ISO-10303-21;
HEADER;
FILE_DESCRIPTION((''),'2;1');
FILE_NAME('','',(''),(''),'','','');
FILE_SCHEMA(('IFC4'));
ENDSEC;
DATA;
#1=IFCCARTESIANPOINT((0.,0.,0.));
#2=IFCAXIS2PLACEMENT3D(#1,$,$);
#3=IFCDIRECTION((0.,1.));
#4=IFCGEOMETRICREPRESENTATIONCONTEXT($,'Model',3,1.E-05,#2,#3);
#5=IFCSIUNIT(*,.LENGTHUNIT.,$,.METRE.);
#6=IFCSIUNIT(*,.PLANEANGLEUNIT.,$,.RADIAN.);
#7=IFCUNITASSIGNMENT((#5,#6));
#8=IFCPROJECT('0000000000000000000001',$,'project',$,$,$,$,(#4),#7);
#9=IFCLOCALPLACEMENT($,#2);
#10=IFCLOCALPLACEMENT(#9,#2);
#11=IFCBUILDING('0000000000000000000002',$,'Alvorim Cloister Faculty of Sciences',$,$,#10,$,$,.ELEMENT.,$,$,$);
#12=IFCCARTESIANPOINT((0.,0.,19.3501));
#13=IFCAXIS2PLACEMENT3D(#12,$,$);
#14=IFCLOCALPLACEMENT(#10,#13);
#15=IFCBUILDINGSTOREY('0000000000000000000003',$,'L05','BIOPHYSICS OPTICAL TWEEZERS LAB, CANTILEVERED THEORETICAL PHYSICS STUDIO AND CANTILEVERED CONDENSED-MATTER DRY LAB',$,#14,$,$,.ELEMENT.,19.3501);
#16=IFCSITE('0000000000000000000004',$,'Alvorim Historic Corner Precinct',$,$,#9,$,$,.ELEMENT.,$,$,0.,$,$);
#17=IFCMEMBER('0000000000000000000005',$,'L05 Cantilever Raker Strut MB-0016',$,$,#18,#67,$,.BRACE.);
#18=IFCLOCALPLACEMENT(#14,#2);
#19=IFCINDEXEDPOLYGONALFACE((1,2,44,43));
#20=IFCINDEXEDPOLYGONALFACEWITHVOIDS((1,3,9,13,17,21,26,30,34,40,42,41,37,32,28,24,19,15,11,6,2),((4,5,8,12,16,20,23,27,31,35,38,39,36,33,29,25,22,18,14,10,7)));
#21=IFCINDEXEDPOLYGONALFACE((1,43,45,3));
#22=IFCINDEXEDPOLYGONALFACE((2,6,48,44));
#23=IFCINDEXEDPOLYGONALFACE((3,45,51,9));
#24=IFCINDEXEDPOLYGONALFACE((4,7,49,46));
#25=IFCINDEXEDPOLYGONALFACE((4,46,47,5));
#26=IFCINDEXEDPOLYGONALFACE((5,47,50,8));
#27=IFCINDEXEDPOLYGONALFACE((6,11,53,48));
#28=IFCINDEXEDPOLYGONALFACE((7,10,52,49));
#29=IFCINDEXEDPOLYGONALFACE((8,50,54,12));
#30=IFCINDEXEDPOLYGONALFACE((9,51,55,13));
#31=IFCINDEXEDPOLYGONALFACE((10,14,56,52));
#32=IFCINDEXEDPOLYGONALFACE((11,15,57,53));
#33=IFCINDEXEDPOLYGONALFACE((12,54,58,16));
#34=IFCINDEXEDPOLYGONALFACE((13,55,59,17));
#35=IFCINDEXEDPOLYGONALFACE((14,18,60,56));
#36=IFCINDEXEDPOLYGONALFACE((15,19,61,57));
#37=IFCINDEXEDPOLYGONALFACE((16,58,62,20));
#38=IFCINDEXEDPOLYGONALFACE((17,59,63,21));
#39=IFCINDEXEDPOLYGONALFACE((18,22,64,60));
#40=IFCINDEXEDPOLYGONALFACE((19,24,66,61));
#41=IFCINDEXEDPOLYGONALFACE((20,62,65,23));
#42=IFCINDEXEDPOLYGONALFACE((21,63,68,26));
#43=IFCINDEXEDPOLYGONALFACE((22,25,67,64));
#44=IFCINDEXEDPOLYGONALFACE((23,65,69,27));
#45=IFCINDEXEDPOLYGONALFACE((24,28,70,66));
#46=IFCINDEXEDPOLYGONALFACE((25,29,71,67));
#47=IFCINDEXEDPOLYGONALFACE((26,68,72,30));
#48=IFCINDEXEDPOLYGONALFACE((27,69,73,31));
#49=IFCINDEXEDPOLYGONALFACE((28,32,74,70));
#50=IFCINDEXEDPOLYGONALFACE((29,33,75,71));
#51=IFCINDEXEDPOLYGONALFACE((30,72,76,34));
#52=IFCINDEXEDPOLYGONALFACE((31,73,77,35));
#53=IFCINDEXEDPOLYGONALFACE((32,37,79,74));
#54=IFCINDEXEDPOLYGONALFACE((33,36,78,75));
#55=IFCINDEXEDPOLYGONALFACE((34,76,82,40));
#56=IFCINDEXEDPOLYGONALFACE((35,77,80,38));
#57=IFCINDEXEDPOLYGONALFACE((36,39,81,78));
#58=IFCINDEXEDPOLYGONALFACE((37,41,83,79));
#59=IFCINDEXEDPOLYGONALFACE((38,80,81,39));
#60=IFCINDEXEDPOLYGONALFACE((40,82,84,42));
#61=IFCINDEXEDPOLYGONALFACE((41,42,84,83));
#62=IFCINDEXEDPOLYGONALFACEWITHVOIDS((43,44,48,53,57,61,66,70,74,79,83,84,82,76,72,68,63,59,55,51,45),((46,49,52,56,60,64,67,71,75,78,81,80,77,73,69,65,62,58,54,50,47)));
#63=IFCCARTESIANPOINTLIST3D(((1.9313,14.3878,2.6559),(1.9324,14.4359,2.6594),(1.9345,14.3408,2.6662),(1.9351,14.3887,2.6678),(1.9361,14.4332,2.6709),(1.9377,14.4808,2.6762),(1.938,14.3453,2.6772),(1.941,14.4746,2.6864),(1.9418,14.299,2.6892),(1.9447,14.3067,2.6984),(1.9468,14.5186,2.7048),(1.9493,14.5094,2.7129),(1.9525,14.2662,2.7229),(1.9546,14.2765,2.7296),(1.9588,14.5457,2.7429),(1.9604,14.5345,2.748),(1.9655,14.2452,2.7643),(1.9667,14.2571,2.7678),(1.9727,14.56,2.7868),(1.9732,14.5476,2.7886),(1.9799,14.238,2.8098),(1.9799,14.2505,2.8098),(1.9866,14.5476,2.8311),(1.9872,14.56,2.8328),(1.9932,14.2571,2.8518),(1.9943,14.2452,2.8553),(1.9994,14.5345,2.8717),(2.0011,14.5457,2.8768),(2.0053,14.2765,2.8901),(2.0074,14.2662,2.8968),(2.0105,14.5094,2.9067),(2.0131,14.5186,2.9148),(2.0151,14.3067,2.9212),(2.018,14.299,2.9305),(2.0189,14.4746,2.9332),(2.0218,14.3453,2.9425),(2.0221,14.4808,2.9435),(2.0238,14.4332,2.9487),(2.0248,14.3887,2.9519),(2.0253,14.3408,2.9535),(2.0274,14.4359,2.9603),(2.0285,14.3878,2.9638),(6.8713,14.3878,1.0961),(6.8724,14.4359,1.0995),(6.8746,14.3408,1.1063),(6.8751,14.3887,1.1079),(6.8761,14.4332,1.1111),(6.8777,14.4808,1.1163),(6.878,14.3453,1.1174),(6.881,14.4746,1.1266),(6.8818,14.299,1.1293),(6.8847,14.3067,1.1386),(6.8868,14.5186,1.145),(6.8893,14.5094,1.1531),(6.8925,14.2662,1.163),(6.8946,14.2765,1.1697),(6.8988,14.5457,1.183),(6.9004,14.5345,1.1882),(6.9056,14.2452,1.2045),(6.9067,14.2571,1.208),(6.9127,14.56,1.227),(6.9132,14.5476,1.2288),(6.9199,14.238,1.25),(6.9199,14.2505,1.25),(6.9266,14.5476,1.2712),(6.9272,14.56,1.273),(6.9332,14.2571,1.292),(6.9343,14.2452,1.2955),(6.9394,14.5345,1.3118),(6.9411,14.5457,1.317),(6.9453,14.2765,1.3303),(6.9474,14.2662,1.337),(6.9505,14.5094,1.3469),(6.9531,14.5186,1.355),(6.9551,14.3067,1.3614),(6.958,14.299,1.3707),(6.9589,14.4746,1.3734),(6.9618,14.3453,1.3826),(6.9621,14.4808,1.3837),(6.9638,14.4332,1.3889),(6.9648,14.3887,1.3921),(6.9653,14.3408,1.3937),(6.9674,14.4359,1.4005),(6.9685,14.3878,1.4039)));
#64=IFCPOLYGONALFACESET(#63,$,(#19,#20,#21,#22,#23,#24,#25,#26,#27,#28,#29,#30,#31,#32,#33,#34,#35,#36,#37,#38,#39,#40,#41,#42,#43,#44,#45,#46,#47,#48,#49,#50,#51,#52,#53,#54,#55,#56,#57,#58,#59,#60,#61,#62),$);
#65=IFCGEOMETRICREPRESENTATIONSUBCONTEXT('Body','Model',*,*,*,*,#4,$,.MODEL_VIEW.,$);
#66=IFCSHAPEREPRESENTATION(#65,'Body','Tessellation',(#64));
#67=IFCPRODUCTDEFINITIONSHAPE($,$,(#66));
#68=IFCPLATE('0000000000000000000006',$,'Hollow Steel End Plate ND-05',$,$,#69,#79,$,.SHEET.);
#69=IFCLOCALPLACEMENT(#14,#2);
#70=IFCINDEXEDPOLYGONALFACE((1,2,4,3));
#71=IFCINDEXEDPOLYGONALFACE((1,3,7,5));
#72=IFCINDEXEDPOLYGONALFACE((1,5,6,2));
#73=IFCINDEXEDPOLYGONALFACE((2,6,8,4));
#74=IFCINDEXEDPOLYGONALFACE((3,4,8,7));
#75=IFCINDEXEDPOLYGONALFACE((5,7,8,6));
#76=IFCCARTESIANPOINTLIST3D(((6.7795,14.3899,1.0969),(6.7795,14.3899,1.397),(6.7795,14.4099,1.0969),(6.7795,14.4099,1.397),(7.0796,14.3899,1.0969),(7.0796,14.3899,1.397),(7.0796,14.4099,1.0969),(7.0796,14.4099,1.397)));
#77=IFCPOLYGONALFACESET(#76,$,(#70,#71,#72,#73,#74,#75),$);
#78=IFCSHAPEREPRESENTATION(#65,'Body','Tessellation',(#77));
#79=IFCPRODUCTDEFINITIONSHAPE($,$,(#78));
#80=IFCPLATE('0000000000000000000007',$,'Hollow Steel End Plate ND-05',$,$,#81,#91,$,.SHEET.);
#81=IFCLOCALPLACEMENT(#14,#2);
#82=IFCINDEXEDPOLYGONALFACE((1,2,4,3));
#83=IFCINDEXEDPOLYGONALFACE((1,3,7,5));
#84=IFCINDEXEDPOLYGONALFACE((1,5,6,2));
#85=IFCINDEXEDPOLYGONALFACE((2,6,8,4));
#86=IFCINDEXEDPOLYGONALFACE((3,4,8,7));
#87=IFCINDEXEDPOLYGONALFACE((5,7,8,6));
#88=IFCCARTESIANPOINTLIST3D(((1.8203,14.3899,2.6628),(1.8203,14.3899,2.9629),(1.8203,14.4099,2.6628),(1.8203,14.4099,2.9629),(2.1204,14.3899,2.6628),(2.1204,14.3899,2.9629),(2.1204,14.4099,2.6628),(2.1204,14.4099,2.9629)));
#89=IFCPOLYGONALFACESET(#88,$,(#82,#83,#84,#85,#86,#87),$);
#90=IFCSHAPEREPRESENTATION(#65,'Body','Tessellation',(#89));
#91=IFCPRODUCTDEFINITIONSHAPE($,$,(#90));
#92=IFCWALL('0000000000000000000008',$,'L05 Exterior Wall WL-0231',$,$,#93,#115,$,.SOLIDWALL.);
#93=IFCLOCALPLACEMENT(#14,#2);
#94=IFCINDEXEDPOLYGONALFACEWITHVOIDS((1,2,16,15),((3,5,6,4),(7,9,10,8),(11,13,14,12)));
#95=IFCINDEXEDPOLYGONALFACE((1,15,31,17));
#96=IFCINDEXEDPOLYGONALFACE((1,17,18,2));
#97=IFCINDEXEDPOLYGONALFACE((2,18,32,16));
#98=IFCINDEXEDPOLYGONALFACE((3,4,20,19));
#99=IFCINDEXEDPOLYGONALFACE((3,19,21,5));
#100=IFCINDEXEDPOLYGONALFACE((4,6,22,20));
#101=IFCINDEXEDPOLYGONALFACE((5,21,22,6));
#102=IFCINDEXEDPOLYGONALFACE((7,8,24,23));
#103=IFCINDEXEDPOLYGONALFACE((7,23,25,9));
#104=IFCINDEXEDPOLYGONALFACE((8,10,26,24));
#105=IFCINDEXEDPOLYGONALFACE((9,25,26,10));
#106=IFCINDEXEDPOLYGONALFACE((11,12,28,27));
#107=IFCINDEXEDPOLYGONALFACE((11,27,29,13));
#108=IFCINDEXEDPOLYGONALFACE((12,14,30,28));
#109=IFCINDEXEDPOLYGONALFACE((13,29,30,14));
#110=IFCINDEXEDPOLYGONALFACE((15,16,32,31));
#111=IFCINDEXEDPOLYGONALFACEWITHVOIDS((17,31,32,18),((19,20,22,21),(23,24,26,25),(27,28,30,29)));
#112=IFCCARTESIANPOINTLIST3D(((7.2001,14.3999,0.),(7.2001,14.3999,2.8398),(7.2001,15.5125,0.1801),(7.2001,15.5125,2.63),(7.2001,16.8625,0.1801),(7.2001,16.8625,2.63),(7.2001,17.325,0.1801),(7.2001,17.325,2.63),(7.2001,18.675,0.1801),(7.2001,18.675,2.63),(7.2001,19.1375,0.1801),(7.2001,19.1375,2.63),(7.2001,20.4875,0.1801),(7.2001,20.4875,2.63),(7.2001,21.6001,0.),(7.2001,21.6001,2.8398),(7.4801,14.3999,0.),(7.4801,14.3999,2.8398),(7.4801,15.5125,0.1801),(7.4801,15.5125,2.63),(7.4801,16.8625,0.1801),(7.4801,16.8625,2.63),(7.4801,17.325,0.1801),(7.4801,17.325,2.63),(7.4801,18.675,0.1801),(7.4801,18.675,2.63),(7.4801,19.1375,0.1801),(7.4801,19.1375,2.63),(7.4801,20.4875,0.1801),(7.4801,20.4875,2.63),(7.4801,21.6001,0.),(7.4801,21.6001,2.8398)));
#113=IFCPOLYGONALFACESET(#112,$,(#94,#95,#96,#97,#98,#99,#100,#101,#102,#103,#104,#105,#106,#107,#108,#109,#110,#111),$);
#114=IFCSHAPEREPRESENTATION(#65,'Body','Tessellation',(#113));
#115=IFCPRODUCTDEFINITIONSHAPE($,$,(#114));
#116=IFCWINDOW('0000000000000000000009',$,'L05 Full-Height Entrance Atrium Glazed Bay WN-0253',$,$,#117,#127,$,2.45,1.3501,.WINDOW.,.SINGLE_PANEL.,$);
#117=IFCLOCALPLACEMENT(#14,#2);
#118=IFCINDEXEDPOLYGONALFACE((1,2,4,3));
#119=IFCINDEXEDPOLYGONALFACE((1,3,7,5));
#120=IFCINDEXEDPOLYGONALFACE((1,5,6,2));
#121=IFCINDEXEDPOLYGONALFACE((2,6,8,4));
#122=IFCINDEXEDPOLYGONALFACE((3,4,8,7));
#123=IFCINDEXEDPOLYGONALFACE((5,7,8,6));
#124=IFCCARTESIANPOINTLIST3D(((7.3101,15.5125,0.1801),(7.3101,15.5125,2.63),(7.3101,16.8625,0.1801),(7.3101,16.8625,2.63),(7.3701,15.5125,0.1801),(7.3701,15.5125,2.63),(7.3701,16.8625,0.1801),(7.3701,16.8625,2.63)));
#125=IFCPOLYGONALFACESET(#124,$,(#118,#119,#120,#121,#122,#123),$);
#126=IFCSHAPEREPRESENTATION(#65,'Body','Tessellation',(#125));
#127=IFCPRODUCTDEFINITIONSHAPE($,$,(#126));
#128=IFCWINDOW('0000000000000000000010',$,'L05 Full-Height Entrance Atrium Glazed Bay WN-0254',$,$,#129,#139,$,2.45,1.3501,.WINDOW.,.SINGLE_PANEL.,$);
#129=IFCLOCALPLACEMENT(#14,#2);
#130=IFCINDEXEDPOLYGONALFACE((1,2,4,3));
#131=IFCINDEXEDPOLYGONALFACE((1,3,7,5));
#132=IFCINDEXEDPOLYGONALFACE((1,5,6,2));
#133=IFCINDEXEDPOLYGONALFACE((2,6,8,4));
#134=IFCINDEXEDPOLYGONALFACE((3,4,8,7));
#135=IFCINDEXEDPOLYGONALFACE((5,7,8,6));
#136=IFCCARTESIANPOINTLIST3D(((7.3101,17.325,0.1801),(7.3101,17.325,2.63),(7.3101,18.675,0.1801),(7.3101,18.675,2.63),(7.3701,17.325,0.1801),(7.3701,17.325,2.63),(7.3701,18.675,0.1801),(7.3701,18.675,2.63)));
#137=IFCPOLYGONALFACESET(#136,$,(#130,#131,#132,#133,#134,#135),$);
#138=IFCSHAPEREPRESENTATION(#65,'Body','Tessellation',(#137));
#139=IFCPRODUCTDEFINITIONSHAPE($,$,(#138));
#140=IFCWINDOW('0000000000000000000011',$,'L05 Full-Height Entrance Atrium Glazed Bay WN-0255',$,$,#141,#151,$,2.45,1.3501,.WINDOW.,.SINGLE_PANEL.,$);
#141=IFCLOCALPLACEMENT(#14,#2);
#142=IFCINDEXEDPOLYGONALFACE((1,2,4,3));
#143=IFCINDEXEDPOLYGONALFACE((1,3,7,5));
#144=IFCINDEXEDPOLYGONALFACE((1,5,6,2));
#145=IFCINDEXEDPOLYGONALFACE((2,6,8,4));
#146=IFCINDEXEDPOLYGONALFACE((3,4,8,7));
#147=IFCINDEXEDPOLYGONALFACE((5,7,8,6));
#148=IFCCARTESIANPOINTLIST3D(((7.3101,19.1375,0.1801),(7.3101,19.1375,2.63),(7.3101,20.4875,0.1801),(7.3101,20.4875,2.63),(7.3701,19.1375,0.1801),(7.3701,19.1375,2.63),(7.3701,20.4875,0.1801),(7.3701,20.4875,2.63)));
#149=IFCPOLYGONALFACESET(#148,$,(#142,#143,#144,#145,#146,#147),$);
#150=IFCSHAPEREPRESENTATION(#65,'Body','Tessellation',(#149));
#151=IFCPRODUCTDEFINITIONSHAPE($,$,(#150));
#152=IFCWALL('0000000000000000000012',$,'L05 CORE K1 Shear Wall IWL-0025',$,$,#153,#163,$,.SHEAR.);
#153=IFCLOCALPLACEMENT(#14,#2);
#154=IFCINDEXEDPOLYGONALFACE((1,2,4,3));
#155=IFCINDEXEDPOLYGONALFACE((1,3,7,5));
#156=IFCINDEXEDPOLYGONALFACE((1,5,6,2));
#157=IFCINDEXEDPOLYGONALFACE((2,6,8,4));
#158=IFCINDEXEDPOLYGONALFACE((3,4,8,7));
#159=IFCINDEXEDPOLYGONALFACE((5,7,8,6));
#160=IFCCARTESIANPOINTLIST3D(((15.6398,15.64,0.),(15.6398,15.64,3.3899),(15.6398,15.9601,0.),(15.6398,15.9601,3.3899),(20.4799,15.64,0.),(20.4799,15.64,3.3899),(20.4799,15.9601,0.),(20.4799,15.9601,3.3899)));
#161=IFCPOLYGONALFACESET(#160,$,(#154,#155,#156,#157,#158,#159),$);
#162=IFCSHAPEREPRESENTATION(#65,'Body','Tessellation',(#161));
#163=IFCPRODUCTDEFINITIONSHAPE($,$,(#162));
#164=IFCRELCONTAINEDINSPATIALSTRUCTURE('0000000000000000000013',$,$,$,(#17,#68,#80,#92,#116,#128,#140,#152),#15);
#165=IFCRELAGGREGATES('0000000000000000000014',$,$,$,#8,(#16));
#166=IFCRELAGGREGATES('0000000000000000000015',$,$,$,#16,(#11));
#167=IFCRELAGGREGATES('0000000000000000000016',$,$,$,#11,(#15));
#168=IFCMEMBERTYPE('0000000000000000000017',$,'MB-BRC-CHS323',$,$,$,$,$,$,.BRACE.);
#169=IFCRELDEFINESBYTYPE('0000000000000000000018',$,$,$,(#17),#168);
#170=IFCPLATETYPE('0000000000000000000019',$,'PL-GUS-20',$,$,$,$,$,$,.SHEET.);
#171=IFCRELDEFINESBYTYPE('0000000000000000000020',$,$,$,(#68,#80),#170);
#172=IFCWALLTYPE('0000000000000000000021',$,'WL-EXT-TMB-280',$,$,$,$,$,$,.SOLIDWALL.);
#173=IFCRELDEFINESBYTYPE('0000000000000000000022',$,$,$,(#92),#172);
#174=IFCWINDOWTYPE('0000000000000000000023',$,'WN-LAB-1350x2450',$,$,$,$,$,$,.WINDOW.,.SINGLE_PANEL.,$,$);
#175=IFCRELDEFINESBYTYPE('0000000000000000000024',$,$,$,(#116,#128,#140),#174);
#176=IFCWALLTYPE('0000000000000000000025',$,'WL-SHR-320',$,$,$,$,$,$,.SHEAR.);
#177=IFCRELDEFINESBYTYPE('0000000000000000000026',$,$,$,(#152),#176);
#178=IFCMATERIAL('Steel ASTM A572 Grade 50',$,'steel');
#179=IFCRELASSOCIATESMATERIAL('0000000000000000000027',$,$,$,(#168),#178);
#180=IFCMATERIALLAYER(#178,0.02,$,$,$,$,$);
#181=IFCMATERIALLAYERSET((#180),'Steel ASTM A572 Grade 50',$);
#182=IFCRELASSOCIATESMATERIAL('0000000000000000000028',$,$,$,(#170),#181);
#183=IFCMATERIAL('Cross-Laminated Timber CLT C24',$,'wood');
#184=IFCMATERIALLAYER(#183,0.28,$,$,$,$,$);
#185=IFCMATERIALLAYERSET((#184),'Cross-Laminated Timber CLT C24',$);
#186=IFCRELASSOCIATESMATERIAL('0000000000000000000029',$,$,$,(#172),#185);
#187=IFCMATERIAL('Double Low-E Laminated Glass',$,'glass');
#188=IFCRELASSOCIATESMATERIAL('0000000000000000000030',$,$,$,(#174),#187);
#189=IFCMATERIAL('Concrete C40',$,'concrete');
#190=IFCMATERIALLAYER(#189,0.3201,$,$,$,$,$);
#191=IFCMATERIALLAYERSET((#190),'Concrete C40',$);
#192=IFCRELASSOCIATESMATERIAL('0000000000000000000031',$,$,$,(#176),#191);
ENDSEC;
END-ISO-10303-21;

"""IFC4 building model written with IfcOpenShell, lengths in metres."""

from ifc_helpers import new_model, si_unit, direction, frame, frame_2d, origin, origin_2d, place, context, subcontext, project, spatial, polyline, rectangle, hollow_circle, outline, extrude, material, layer, layer_set, material_profile, profile_set, type_object, element, fill, save


model = new_model("IFC4")

# Units and contexts
model_context = context("Model", 3, precision=1e-05, world=origin(), true_north=direction((0.0, 1.0)))
body_context = subcontext(model_context, "Body", "Model", "MODEL_VIEW")
ifc_project = project(units=[si_unit("LENGTHUNIT", "METRE"), si_unit("PLANEANGLEUNIT", "RADIAN")], contexts=[model_context])

# Site, building, storey
site_placement = place(None, origin())
site = spatial("IfcSite", under=ifc_project, at=site_placement, Name="Alvorim Historic Corner Precinct", CompositionType="ELEMENT", RefElevation=0.0)
building_placement = place(site_placement, origin())
building = spatial("IfcBuilding", under=site, at=building_placement, Name="Alvorim Cloister Faculty of Sciences", CompositionType="ELEMENT")
storey_placement = place(building_placement, frame((0.0, 0.0, 19.3501)))
storey = spatial("IfcBuildingStorey", under=building, at=storey_placement, Name="L05", Description="BIOPHYSICS OPTICAL TWEEZERS LAB, CANTILEVERED THEORETICAL PHYSICS STUDIO AND CANTILEVERED CONDENSED-MATTER DRY LAB", CompositionType="ELEMENT", Elevation=19.3501)

# Shared definitions
ifc_material_1 = material(Name="Steel ASTM A572 Grade 50", Category="steel")

# Member
ifc_material_profile_1 = material_profile(ifc_material_1, hollow_circle(Radius=0.1619, WallThickness=0.0125, at=origin_2d()), Name="CHS323.9x12.5")
ifc_profile_set_1 = profile_set([ifc_material_profile_1], Name="Steel ASTM A572 Grade 50")
member_type = type_object("IfcMemberType", Name="MB-BRC-CHS323", PredefinedType="BRACE", material=ifc_profile_set_1)
member_placement = place(storey_placement, frame((6.9199, 14.3999, 1.25), z_axis=(-0.953592, 0.0, 0.301102), x_axis=(0.0, -1.0, 0.0)))
element("IfcMember", 1, at=member_placement, inside=storey, type_object=member_type, Name="L05 Cantilever Raker Strut MB-0016", PredefinedType="BRACE", context=body_context, shape_type="SweptSolid", body=[
    extrude(hollow_circle(Radius=0.1619, WallThickness=0.0125, at=origin_2d()), origin(), (0.0, 0.0, 1.0), 5.1804),
])

# Plates
ifc_layer_1 = layer(ifc_material_1, 0.02)
ifc_layer_set_1 = layer_set([ifc_layer_1], Name="Steel ASTM A572 Grade 50")
plate_type = type_object("IfcPlateType", Name="PL-GUS-20", PredefinedType="SHEET", material=ifc_layer_set_1)
for number, where, z_axis, x_axis, name in (
    (2, (7.0796, 14.3999, 1.0969), (0.0, 0.0, 1.0), (-1.0, 0.0, 0.0), "Hollow Steel End Plate ND-05"),
    (3, (2.1204, 14.3999, 2.6628), (0.0, 0.0, 1.0), (-1.0, 0.0, 0.0), "Hollow Steel End Plate ND-05"),
):
    element("IfcPlate", number, at=place(storey_placement, frame(where, z_axis=z_axis, x_axis=x_axis)), inside=storey, type_object=plate_type, Name=name, PredefinedType="SHEET", context=body_context, shape_type="SweptSolid", body=[
        extrude(outline(polyline([(0.0, 0.0), (0.3, 0.0), (0.3, 0.3), (0.0, 0.3), (0.0, 0.0)])), frame((0.0, 0.01, 0.0), z_axis=(0.0, -1.0, 0.0), x_axis=(1.0, 0.0, 0.0)), (0.0, 0.0, 1.0), 0.02),
    ])

# Wall, openings, windows
ifc_material_2 = material(Name="Cross-Laminated Timber CLT C24", Category="wood")
ifc_layer_2 = layer(ifc_material_2, 0.28)
ifc_layer_set_2 = layer_set([ifc_layer_2], Name="Cross-Laminated Timber CLT C24")
wall_type_1 = type_object("IfcWallType", Name="WL-EXT-TMB-280", PredefinedType="SOLIDWALL", material=ifc_layer_set_2)
wall_1_placement = place(storey_placement, frame((7.3401, 14.3999, 0.0), z_axis=(0.0, 0.0, 1.0), x_axis=(0.0, 1.0, 0.0)))
wall_1 = element("IfcWall", 4, at=wall_1_placement, inside=storey, type_object=wall_type_1, Name="L05 Exterior Wall WL-0231", PredefinedType="SOLIDWALL", context=body_context, shape_type="SweptSolid", body=[
    extrude(rectangle(XDim=7.2002, YDim=0.28, at=frame_2d((3.6001, 0.0))), origin(), (0.0, 0.0, 1.0), 2.8398),
])
opening_1_placement = place(wall_1_placement, frame((1.1125, 0.0, 0.1799)))
opening_1 = element("IfcOpeningElement", 5, at=opening_1_placement, cuts=wall_1, PredefinedType="OPENING", context=body_context, shape_type="SweptSolid", body=[
    extrude(rectangle(XDim=1.3501, YDim=2.45, at=frame_2d((0.675, 1.2251))), frame((0.0, 0.1519, 0.0), z_axis=(0.0, -1.0, 0.0), x_axis=(1.0, 0.0, 0.0)), (0.0, 0.0, 1.0), 0.304),
])
opening_2_placement = place(wall_1_placement, frame((2.925, 0.0, 0.1799)))
opening_2 = element("IfcOpeningElement", 6, at=opening_2_placement, cuts=wall_1, PredefinedType="OPENING", context=body_context, shape_type="SweptSolid", body=[
    extrude(rectangle(XDim=1.3501, YDim=2.45, at=frame_2d((0.675, 1.2251))), frame((0.0, 0.1519, 0.0), z_axis=(0.0, -1.0, 0.0), x_axis=(1.0, 0.0, 0.0)), (0.0, 0.0, 1.0), 0.304),
])
opening_3_placement = place(wall_1_placement, frame((4.7375, 0.0, 0.1799)))
opening_3 = element("IfcOpeningElement", 7, at=opening_3_placement, cuts=wall_1, PredefinedType="OPENING", context=body_context, shape_type="SweptSolid", body=[
    extrude(rectangle(XDim=1.3501, YDim=2.45, at=frame_2d((0.675, 1.2251))), frame((0.0, 0.1519, 0.0), z_axis=(0.0, -1.0, 0.0), x_axis=(1.0, 0.0, 0.0)), (0.0, 0.0, 1.0), 0.304),
])
ifc_material_3 = material(Name="Double Low-E Laminated Glass", Category="glass")
window_type = type_object("IfcWindowType", Name="WN-LAB-1350x2450", PartitioningType="SINGLE_PANEL", PredefinedType="WINDOW", material=ifc_material_3)
window_1_placement = place(opening_1_placement, origin())
window_1 = element("IfcWindow", 8, at=window_1_placement, inside=storey, type_object=window_type, Name="L05 Full-Height Entrance Atrium Glazed Bay WN-0253", OverallHeight=2.45, OverallWidth=1.3501, PartitioningType="SINGLE_PANEL", PredefinedType="WINDOW", context=body_context, shape_type="SweptSolid", body=[
    extrude(rectangle(XDim=1.3501, YDim=2.45, at=frame_2d((0.675, 1.2251))), frame((0.0, 0.03, 0.0), z_axis=(0.0, -1.0, 0.0), x_axis=(1.0, 0.0, 0.0)), (0.0, 0.0, 1.0), 0.0601),
])
fill(opening_1, window_1)
window_2_placement = place(opening_2_placement, origin())
window_2 = element("IfcWindow", 9, at=window_2_placement, inside=storey, type_object=window_type, Name="L05 Full-Height Entrance Atrium Glazed Bay WN-0254", OverallHeight=2.45, OverallWidth=1.3501, PartitioningType="SINGLE_PANEL", PredefinedType="WINDOW", context=body_context, shape_type="SweptSolid", body=[
    extrude(rectangle(XDim=1.3501, YDim=2.45, at=frame_2d((0.675, 1.2251))), frame((0.0, 0.03, 0.0), z_axis=(0.0, -1.0, 0.0), x_axis=(1.0, 0.0, 0.0)), (0.0, 0.0, 1.0), 0.0601),
])
fill(opening_2, window_2)
window_3_placement = place(opening_3_placement, origin())
window_3 = element("IfcWindow", 10, at=window_3_placement, inside=storey, type_object=window_type, Name="L05 Full-Height Entrance Atrium Glazed Bay WN-0255", OverallHeight=2.45, OverallWidth=1.3501, PartitioningType="SINGLE_PANEL", PredefinedType="WINDOW", context=body_context, shape_type="SweptSolid", body=[
    extrude(rectangle(XDim=1.3501, YDim=2.45, at=frame_2d((0.675, 1.2251))), frame((0.0, 0.03, 0.0), z_axis=(0.0, -1.0, 0.0), x_axis=(1.0, 0.0, 0.0)), (0.0, 0.0, 1.0), 0.0601),
])
fill(opening_3, window_3)

# Wall
ifc_material_4 = material(Name="Concrete C40", Category="concrete")
ifc_layer_3 = layer(ifc_material_4, 0.3201)
ifc_layer_set_3 = layer_set([ifc_layer_3], Name="Concrete C40")
wall_type_2 = type_object("IfcWallType", Name="WL-SHR-320", PredefinedType="SHEAR", material=ifc_layer_set_3)
wall_2_placement = place(storey_placement, frame((15.6399, 15.8, 0.0), z_axis=(0.0, 0.0, 1.0), x_axis=(1.0, 0.0, 0.0)))
element("IfcWall", 11, at=wall_2_placement, inside=storey, type_object=wall_type_2, Name="L05 CORE K1 Shear Wall IWL-0025", PredefinedType="SHEAR", context=body_context, shape_type="SweptSolid", body=[
    extrude(rectangle(XDim=4.8401, YDim=0.3201, at=frame_2d((2.4199, 0.0))), origin(), (0.0, 0.0, 1.0), 3.3899),
])

save(model, "model.ifc")
